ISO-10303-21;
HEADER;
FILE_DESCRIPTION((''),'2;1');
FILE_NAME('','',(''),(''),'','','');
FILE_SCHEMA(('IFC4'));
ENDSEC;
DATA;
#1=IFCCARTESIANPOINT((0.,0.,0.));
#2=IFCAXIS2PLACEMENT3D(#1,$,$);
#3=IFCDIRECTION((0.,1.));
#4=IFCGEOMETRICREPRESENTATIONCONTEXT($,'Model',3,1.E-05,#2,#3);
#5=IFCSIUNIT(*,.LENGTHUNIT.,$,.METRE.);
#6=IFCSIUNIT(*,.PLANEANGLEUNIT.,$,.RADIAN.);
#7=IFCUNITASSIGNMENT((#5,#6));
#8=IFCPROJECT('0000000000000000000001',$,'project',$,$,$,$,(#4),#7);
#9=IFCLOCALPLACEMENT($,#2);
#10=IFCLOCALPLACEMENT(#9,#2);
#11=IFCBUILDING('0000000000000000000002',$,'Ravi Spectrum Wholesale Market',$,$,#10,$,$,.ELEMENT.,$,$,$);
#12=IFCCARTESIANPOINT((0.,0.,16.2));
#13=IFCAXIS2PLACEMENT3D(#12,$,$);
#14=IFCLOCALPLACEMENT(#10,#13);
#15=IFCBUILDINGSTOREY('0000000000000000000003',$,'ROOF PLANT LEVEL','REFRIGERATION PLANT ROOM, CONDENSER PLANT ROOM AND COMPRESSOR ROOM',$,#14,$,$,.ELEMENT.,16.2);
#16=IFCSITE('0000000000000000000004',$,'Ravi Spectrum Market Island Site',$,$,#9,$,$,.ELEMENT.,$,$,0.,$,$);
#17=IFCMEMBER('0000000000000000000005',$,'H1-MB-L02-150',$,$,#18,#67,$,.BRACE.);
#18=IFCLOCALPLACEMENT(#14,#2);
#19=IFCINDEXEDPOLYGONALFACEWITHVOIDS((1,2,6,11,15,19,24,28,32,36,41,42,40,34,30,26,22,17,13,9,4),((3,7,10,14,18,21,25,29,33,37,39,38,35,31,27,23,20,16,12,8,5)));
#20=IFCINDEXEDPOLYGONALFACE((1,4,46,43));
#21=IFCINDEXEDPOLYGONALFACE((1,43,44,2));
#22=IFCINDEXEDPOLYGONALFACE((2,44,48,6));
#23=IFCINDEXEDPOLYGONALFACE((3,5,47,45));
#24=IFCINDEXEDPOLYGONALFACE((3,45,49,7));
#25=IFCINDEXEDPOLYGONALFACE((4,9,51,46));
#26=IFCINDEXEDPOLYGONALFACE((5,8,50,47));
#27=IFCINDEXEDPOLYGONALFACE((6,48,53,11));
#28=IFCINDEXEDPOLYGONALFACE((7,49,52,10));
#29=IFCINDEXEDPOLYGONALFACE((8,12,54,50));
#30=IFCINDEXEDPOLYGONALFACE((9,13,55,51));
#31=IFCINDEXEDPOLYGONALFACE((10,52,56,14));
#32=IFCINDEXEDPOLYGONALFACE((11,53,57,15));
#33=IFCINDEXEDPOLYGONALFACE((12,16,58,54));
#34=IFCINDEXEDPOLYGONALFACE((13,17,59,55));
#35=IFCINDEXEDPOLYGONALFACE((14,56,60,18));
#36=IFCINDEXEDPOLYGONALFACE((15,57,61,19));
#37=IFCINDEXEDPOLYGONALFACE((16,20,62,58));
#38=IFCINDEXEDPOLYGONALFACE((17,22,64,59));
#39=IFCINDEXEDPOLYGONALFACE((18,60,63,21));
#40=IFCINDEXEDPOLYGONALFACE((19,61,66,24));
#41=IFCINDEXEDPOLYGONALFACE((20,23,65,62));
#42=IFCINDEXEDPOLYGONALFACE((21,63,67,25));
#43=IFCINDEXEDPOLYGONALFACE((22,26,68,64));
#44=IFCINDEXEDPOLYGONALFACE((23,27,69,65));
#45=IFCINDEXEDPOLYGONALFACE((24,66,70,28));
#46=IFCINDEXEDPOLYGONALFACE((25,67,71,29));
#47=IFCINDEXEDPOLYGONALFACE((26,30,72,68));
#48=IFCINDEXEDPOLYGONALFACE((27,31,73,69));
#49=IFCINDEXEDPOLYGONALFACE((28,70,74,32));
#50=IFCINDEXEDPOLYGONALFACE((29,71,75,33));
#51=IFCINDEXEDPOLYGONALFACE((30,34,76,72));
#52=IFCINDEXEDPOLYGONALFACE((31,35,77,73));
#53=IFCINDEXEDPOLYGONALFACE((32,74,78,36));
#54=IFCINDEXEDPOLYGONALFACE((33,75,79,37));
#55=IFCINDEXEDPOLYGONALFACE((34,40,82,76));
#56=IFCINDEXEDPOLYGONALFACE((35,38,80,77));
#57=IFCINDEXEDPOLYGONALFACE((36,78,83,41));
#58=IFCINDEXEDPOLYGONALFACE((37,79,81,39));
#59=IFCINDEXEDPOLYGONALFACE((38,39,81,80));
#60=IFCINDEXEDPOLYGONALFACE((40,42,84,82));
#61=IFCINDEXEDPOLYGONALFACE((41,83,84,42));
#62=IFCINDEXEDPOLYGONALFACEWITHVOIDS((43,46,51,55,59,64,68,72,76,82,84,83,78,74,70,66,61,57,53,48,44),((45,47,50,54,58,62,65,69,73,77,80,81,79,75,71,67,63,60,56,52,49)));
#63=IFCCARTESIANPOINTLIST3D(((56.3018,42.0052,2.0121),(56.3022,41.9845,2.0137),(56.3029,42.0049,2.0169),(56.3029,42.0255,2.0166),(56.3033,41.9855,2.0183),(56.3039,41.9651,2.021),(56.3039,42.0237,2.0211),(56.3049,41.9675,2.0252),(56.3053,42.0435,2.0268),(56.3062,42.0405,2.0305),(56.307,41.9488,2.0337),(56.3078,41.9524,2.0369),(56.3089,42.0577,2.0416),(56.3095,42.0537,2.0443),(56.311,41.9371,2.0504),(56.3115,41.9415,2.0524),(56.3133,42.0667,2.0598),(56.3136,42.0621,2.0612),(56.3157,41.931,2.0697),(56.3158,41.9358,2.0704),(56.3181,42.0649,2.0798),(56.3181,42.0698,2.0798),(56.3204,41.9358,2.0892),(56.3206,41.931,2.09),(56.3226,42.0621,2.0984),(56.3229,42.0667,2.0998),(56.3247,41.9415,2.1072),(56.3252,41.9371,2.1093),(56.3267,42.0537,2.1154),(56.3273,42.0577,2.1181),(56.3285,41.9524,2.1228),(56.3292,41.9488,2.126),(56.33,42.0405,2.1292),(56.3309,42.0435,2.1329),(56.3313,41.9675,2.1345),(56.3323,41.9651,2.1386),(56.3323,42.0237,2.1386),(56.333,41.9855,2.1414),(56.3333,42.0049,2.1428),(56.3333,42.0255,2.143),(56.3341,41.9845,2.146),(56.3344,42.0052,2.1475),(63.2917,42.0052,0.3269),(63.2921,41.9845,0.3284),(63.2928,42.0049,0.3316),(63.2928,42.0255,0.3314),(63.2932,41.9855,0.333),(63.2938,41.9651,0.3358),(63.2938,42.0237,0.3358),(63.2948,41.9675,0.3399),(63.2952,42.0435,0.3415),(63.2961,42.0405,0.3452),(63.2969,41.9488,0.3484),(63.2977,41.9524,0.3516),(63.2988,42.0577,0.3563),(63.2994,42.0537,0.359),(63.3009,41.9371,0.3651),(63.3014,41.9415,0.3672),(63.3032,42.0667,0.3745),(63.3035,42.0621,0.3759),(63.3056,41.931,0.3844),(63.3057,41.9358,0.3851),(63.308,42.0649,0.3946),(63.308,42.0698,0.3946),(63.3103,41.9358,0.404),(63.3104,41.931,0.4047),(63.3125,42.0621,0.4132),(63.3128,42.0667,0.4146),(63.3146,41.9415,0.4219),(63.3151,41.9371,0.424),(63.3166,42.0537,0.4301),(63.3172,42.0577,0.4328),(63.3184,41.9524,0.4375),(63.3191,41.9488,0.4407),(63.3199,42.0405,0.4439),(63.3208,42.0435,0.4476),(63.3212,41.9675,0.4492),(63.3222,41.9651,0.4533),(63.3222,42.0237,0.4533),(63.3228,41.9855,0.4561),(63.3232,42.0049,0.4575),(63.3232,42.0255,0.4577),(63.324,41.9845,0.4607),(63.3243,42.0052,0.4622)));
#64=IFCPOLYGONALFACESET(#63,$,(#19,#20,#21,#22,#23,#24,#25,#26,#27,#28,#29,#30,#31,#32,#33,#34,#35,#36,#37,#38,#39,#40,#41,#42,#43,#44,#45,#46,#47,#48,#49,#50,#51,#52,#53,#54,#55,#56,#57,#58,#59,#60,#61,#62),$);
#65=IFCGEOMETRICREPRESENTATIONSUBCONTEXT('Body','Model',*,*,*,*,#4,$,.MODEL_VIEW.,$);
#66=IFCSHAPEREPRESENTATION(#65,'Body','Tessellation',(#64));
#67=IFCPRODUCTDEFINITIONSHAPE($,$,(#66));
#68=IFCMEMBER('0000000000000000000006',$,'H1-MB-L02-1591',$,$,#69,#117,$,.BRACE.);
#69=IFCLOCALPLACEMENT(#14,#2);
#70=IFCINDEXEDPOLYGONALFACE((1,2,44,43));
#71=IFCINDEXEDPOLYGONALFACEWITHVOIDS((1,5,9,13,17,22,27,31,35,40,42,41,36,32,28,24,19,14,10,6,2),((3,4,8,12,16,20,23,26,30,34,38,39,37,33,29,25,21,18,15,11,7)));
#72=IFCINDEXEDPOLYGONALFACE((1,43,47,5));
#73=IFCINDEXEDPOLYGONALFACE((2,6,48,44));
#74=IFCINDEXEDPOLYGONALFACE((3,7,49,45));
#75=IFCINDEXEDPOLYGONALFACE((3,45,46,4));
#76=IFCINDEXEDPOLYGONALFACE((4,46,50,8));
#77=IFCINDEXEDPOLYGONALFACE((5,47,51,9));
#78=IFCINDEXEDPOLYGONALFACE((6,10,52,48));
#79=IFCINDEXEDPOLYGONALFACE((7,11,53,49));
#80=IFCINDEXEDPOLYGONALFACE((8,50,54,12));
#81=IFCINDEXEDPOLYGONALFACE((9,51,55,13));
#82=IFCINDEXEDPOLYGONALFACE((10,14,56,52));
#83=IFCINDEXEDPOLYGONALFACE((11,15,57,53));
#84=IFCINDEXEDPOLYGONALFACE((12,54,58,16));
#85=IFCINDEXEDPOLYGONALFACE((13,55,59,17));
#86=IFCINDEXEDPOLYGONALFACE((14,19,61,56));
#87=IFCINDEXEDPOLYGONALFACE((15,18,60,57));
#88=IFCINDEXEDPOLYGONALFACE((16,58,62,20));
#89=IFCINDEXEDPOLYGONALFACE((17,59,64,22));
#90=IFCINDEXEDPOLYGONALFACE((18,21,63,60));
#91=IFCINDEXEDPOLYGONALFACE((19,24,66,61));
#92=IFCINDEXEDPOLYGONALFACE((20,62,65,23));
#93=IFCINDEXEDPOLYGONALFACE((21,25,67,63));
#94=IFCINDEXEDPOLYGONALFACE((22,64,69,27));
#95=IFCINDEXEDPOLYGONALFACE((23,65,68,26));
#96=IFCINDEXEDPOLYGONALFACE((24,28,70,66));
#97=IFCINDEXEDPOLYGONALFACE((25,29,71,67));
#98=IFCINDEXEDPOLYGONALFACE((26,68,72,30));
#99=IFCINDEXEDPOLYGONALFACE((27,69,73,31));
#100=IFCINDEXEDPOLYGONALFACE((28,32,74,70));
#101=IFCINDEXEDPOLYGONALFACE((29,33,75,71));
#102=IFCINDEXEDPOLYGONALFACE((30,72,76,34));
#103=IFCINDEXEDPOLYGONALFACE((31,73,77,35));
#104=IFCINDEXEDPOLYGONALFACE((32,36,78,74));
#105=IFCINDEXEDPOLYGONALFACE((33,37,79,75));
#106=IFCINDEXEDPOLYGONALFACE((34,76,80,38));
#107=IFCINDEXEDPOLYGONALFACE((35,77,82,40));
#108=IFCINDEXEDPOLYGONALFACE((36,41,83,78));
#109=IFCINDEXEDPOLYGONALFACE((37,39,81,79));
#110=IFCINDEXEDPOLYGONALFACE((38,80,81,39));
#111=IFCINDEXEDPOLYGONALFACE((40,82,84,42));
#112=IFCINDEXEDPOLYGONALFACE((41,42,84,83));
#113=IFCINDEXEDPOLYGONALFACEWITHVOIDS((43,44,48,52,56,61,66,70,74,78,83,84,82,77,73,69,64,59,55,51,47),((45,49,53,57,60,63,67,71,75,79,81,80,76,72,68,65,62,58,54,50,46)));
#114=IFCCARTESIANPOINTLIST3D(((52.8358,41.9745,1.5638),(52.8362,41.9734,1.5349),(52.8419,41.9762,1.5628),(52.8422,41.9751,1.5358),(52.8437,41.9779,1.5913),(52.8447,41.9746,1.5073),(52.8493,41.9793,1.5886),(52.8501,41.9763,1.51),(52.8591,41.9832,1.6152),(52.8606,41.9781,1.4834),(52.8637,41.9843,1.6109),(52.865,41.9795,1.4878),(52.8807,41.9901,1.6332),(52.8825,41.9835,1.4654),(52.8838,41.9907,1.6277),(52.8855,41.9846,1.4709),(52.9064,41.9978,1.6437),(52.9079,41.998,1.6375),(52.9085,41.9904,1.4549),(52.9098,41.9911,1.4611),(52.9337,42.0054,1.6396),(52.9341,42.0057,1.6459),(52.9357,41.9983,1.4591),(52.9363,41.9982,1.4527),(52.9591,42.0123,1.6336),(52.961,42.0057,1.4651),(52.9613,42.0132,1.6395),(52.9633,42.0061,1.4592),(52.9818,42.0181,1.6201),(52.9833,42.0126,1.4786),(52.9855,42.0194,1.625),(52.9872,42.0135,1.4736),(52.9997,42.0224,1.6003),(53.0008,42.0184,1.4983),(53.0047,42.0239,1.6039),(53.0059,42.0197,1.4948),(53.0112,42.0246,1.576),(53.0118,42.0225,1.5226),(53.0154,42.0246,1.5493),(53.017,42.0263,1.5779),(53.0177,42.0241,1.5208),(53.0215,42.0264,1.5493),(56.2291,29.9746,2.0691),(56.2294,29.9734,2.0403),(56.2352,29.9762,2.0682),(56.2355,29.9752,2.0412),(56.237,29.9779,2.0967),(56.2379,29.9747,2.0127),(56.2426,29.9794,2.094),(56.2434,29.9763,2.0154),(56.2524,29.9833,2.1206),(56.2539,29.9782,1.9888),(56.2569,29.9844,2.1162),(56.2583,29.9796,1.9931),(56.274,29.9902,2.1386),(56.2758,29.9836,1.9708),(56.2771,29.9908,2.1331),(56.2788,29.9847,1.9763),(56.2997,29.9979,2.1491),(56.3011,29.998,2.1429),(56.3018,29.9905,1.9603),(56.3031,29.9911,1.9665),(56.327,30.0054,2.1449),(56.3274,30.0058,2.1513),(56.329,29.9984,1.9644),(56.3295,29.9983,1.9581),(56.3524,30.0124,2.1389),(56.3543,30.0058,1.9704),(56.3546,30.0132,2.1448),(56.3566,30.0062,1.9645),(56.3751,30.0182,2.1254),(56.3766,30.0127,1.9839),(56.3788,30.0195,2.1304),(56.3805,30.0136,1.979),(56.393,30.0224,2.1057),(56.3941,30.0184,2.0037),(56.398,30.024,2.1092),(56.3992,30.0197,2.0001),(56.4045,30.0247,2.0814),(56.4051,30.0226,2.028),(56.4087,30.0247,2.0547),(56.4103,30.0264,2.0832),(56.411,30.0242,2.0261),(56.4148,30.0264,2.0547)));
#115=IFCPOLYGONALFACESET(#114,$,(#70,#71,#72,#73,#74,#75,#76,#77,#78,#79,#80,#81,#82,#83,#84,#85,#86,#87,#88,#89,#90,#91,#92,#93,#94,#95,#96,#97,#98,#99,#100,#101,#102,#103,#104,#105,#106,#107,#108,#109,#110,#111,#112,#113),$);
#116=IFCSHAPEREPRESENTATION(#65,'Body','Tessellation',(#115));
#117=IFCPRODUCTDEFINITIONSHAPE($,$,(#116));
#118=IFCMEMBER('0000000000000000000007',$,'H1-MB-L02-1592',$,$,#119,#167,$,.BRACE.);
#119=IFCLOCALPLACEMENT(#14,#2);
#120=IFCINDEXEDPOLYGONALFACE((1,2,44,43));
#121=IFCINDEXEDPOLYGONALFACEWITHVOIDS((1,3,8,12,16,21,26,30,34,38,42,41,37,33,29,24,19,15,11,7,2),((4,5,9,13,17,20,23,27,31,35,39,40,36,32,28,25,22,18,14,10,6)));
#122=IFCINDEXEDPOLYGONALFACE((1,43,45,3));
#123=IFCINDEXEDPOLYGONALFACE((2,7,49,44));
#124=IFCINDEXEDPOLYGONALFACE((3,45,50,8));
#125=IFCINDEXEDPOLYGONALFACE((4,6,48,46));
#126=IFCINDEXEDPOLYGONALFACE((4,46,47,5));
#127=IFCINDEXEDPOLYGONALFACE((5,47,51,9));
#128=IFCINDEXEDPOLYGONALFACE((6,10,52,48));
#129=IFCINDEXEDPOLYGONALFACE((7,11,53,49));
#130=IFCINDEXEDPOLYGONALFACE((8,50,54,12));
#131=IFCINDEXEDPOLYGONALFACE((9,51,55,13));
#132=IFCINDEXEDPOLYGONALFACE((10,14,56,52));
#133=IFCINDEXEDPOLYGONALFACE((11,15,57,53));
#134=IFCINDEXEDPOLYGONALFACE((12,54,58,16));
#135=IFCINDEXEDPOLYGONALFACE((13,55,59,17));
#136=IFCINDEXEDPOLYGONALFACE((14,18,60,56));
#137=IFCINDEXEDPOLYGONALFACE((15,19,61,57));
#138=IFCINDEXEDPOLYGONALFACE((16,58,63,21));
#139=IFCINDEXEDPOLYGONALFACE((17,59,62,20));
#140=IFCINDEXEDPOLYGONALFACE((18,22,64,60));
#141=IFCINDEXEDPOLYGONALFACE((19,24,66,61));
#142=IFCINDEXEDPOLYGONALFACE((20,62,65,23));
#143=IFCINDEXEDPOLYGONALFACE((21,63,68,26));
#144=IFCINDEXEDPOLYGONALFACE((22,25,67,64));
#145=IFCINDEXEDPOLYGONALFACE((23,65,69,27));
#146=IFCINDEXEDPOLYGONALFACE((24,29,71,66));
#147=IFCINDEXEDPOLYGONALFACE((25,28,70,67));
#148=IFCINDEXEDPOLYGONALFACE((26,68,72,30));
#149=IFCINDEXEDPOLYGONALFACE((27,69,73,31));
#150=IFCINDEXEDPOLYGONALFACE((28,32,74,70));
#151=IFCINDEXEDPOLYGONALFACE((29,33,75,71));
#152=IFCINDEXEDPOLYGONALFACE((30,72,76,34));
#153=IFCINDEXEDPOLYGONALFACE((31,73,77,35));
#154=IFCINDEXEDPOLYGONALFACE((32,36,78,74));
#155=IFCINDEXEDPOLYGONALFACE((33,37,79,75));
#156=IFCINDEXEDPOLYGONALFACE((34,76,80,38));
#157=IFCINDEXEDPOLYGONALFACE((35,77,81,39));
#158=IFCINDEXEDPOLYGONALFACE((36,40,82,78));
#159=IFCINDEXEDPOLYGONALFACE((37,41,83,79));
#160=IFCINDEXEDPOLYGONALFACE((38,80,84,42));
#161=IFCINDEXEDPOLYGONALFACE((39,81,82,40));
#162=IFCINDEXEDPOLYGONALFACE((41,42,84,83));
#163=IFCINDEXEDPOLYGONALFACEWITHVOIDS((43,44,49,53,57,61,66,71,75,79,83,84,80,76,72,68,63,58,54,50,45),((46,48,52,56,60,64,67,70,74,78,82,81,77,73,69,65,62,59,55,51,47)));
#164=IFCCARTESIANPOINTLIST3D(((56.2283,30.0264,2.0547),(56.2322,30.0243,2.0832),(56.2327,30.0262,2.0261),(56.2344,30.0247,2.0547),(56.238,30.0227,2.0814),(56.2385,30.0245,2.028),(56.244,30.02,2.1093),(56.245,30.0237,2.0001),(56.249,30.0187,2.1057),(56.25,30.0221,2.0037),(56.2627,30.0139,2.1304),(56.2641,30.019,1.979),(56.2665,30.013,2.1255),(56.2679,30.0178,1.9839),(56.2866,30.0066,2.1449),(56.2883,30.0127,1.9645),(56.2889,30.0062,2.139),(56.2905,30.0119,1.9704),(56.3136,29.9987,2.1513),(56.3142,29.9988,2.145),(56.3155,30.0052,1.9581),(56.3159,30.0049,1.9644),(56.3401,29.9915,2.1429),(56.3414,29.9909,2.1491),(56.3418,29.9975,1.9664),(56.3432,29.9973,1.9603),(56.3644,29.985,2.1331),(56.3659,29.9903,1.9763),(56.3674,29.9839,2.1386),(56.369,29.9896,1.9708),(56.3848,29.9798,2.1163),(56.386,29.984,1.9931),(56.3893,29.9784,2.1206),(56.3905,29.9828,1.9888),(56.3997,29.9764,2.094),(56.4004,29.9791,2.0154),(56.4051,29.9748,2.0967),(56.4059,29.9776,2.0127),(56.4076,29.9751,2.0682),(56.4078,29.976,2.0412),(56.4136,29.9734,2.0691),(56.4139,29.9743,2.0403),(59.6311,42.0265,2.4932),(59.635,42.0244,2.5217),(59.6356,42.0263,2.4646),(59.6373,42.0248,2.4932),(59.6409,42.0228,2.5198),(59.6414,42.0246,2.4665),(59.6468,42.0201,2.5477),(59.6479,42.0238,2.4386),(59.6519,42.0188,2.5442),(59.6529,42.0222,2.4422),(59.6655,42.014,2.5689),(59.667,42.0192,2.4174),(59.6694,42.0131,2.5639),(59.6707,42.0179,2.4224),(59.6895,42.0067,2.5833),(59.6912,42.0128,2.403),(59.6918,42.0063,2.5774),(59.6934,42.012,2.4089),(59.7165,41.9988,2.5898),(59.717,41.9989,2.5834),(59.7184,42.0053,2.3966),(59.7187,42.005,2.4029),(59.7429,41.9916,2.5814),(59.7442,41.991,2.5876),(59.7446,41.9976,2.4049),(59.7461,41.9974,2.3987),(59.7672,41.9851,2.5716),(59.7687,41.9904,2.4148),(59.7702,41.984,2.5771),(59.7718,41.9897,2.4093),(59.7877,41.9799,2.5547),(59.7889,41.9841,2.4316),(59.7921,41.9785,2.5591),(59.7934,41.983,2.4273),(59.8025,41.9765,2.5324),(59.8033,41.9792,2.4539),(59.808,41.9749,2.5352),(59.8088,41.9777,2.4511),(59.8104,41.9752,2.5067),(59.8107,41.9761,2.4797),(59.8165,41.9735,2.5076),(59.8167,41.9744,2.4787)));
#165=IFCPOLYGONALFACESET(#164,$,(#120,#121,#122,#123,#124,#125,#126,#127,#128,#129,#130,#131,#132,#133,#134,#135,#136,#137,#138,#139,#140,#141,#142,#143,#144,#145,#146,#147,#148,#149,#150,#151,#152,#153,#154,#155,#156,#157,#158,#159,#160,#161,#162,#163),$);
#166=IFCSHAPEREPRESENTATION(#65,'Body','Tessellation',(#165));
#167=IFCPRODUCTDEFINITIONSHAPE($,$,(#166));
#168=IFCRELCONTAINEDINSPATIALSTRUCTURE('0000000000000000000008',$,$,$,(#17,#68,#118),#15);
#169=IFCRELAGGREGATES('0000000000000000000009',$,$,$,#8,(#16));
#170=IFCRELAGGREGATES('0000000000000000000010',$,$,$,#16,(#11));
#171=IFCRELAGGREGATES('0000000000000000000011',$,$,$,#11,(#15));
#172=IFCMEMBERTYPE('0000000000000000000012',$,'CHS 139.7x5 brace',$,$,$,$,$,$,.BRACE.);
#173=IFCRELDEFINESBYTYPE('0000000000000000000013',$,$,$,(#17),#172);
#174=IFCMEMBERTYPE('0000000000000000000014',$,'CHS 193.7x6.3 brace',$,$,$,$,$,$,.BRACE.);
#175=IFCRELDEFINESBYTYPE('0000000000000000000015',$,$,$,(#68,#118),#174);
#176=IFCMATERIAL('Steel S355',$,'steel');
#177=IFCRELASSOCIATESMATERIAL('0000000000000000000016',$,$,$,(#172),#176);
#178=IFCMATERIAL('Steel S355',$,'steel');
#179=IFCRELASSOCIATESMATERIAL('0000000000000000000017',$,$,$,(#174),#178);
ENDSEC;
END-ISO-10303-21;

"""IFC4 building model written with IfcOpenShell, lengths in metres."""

from ifc_helpers import new_model, si_unit, direction, frame, origin, origin_2d, place, context, subcontext, project, spatial, hollow_circle, extrude, material, material_profile, profile_set, type_object, element, save


model = new_model("IFC4")

# Units and contexts
model_context = context("Model", 3, precision=1e-05, world=origin(), true_north=direction((0.0, 1.0)))
body_context = subcontext(model_context, "Body", "Model", "MODEL_VIEW")
ifc_project = project(units=[si_unit("LENGTHUNIT", "METRE"), si_unit("PLANEANGLEUNIT", "RADIAN")], contexts=[model_context])

# Site, building, storey
site_placement = place(None, origin())
site = spatial("IfcSite", under=ifc_project, at=site_placement, Name="Ravi Spectrum Market Island Site", CompositionType="ELEMENT", RefElevation=0.0)
building_placement = place(site_placement, origin())
building = spatial("IfcBuilding", under=site, at=building_placement, Name="Ravi Spectrum Wholesale Market", CompositionType="ELEMENT")
storey_placement = place(building_placement, frame((0.0, 0.0, 16.2)))
storey = spatial("IfcBuildingStorey", under=building, at=storey_placement, Name="ROOF PLANT LEVEL", Description="REFRIGERATION PLANT ROOM, CONDENSER PLANT ROOM AND COMPRESSOR ROOM", CompositionType="ELEMENT", Elevation=16.2)

# Members
ifc_material_1 = material(Name="Steel S355", Category="steel")
ifc_material_profile_1 = material_profile(ifc_material_1, hollow_circle(Radius=0.0698, WallThickness=0.0049, at=origin_2d()))
ifc_profile_set_1 = profile_set([ifc_material_profile_1], Name="Steel S355")
member_type_1 = type_object("IfcMemberType", Name="CHS 139.7x5 brace", PredefinedType="BRACE", material=ifc_profile_set_1)
member_1_placement = place(storey_placement, frame((56.3181, 42.0, 2.0798), z_axis=(0.972144, 0.0, -0.234386), x_axis=(0.0, 1.0, 0.0)))
element("IfcMember", 1, at=member_1_placement, inside=storey, type_object=member_type_1, Name="H1-MB-L02-150", PredefinedType="BRACE", context=body_context, shape_type="SweptSolid", body=[
    extrude(hollow_circle(Radius=0.0698, WallThickness=0.0049, at=origin_2d()), origin(), (0.0, 0.0, 1.0), 7.1902),
])
ifc_material_2 = material(Name="Steel S355", Category="steel")
ifc_material_profile_2 = material_profile(ifc_material_2, hollow_circle(Radius=0.0969, WallThickness=0.0063, at=origin_2d()))
ifc_profile_set_2 = profile_set([ifc_material_profile_2], Name="Steel S355")
member_type_2 = type_object("IfcMemberType", Name="CHS 193.7x6.3 brace", PredefinedType="BRACE", material=ifc_profile_set_2)
member_2_placement = place(storey_placement, frame((52.9282, 42.0, 1.5493), z_axis=(0.271883, -0.961478, 0.040492), x_axis=(0.962267, 0.272106, 0.0)))
element("IfcMember", 2, at=member_2_placement, inside=storey, type_object=member_type_2, Name="H1-MB-L02-1591", PredefinedType="BRACE", context=body_context, shape_type="SweptSolid", body=[
    extrude(hollow_circle(Radius=0.0969, WallThickness=0.0063, at=origin_2d()), origin(), (0.0, 0.0, 1.0), 12.4807),
])
member_3_placement = place(storey_placement, frame((56.3215, 30.0, 2.0547), z_axis=(0.272644, 0.961473, 0.035132), x_axis=(-0.962067, 0.272813, 0.0)))
element("IfcMember", 3, at=member_3_placement, inside=storey, type_object=member_type_2, Name="H1-MB-L02-1592", PredefinedType="BRACE", context=body_context, shape_type="SweptSolid", body=[
    extrude(hollow_circle(Radius=0.0969, WallThickness=0.0063, at=origin_2d()), origin(), (0.0, 0.0, 1.0), 12.481),
])

save(model, "model.ifc")
